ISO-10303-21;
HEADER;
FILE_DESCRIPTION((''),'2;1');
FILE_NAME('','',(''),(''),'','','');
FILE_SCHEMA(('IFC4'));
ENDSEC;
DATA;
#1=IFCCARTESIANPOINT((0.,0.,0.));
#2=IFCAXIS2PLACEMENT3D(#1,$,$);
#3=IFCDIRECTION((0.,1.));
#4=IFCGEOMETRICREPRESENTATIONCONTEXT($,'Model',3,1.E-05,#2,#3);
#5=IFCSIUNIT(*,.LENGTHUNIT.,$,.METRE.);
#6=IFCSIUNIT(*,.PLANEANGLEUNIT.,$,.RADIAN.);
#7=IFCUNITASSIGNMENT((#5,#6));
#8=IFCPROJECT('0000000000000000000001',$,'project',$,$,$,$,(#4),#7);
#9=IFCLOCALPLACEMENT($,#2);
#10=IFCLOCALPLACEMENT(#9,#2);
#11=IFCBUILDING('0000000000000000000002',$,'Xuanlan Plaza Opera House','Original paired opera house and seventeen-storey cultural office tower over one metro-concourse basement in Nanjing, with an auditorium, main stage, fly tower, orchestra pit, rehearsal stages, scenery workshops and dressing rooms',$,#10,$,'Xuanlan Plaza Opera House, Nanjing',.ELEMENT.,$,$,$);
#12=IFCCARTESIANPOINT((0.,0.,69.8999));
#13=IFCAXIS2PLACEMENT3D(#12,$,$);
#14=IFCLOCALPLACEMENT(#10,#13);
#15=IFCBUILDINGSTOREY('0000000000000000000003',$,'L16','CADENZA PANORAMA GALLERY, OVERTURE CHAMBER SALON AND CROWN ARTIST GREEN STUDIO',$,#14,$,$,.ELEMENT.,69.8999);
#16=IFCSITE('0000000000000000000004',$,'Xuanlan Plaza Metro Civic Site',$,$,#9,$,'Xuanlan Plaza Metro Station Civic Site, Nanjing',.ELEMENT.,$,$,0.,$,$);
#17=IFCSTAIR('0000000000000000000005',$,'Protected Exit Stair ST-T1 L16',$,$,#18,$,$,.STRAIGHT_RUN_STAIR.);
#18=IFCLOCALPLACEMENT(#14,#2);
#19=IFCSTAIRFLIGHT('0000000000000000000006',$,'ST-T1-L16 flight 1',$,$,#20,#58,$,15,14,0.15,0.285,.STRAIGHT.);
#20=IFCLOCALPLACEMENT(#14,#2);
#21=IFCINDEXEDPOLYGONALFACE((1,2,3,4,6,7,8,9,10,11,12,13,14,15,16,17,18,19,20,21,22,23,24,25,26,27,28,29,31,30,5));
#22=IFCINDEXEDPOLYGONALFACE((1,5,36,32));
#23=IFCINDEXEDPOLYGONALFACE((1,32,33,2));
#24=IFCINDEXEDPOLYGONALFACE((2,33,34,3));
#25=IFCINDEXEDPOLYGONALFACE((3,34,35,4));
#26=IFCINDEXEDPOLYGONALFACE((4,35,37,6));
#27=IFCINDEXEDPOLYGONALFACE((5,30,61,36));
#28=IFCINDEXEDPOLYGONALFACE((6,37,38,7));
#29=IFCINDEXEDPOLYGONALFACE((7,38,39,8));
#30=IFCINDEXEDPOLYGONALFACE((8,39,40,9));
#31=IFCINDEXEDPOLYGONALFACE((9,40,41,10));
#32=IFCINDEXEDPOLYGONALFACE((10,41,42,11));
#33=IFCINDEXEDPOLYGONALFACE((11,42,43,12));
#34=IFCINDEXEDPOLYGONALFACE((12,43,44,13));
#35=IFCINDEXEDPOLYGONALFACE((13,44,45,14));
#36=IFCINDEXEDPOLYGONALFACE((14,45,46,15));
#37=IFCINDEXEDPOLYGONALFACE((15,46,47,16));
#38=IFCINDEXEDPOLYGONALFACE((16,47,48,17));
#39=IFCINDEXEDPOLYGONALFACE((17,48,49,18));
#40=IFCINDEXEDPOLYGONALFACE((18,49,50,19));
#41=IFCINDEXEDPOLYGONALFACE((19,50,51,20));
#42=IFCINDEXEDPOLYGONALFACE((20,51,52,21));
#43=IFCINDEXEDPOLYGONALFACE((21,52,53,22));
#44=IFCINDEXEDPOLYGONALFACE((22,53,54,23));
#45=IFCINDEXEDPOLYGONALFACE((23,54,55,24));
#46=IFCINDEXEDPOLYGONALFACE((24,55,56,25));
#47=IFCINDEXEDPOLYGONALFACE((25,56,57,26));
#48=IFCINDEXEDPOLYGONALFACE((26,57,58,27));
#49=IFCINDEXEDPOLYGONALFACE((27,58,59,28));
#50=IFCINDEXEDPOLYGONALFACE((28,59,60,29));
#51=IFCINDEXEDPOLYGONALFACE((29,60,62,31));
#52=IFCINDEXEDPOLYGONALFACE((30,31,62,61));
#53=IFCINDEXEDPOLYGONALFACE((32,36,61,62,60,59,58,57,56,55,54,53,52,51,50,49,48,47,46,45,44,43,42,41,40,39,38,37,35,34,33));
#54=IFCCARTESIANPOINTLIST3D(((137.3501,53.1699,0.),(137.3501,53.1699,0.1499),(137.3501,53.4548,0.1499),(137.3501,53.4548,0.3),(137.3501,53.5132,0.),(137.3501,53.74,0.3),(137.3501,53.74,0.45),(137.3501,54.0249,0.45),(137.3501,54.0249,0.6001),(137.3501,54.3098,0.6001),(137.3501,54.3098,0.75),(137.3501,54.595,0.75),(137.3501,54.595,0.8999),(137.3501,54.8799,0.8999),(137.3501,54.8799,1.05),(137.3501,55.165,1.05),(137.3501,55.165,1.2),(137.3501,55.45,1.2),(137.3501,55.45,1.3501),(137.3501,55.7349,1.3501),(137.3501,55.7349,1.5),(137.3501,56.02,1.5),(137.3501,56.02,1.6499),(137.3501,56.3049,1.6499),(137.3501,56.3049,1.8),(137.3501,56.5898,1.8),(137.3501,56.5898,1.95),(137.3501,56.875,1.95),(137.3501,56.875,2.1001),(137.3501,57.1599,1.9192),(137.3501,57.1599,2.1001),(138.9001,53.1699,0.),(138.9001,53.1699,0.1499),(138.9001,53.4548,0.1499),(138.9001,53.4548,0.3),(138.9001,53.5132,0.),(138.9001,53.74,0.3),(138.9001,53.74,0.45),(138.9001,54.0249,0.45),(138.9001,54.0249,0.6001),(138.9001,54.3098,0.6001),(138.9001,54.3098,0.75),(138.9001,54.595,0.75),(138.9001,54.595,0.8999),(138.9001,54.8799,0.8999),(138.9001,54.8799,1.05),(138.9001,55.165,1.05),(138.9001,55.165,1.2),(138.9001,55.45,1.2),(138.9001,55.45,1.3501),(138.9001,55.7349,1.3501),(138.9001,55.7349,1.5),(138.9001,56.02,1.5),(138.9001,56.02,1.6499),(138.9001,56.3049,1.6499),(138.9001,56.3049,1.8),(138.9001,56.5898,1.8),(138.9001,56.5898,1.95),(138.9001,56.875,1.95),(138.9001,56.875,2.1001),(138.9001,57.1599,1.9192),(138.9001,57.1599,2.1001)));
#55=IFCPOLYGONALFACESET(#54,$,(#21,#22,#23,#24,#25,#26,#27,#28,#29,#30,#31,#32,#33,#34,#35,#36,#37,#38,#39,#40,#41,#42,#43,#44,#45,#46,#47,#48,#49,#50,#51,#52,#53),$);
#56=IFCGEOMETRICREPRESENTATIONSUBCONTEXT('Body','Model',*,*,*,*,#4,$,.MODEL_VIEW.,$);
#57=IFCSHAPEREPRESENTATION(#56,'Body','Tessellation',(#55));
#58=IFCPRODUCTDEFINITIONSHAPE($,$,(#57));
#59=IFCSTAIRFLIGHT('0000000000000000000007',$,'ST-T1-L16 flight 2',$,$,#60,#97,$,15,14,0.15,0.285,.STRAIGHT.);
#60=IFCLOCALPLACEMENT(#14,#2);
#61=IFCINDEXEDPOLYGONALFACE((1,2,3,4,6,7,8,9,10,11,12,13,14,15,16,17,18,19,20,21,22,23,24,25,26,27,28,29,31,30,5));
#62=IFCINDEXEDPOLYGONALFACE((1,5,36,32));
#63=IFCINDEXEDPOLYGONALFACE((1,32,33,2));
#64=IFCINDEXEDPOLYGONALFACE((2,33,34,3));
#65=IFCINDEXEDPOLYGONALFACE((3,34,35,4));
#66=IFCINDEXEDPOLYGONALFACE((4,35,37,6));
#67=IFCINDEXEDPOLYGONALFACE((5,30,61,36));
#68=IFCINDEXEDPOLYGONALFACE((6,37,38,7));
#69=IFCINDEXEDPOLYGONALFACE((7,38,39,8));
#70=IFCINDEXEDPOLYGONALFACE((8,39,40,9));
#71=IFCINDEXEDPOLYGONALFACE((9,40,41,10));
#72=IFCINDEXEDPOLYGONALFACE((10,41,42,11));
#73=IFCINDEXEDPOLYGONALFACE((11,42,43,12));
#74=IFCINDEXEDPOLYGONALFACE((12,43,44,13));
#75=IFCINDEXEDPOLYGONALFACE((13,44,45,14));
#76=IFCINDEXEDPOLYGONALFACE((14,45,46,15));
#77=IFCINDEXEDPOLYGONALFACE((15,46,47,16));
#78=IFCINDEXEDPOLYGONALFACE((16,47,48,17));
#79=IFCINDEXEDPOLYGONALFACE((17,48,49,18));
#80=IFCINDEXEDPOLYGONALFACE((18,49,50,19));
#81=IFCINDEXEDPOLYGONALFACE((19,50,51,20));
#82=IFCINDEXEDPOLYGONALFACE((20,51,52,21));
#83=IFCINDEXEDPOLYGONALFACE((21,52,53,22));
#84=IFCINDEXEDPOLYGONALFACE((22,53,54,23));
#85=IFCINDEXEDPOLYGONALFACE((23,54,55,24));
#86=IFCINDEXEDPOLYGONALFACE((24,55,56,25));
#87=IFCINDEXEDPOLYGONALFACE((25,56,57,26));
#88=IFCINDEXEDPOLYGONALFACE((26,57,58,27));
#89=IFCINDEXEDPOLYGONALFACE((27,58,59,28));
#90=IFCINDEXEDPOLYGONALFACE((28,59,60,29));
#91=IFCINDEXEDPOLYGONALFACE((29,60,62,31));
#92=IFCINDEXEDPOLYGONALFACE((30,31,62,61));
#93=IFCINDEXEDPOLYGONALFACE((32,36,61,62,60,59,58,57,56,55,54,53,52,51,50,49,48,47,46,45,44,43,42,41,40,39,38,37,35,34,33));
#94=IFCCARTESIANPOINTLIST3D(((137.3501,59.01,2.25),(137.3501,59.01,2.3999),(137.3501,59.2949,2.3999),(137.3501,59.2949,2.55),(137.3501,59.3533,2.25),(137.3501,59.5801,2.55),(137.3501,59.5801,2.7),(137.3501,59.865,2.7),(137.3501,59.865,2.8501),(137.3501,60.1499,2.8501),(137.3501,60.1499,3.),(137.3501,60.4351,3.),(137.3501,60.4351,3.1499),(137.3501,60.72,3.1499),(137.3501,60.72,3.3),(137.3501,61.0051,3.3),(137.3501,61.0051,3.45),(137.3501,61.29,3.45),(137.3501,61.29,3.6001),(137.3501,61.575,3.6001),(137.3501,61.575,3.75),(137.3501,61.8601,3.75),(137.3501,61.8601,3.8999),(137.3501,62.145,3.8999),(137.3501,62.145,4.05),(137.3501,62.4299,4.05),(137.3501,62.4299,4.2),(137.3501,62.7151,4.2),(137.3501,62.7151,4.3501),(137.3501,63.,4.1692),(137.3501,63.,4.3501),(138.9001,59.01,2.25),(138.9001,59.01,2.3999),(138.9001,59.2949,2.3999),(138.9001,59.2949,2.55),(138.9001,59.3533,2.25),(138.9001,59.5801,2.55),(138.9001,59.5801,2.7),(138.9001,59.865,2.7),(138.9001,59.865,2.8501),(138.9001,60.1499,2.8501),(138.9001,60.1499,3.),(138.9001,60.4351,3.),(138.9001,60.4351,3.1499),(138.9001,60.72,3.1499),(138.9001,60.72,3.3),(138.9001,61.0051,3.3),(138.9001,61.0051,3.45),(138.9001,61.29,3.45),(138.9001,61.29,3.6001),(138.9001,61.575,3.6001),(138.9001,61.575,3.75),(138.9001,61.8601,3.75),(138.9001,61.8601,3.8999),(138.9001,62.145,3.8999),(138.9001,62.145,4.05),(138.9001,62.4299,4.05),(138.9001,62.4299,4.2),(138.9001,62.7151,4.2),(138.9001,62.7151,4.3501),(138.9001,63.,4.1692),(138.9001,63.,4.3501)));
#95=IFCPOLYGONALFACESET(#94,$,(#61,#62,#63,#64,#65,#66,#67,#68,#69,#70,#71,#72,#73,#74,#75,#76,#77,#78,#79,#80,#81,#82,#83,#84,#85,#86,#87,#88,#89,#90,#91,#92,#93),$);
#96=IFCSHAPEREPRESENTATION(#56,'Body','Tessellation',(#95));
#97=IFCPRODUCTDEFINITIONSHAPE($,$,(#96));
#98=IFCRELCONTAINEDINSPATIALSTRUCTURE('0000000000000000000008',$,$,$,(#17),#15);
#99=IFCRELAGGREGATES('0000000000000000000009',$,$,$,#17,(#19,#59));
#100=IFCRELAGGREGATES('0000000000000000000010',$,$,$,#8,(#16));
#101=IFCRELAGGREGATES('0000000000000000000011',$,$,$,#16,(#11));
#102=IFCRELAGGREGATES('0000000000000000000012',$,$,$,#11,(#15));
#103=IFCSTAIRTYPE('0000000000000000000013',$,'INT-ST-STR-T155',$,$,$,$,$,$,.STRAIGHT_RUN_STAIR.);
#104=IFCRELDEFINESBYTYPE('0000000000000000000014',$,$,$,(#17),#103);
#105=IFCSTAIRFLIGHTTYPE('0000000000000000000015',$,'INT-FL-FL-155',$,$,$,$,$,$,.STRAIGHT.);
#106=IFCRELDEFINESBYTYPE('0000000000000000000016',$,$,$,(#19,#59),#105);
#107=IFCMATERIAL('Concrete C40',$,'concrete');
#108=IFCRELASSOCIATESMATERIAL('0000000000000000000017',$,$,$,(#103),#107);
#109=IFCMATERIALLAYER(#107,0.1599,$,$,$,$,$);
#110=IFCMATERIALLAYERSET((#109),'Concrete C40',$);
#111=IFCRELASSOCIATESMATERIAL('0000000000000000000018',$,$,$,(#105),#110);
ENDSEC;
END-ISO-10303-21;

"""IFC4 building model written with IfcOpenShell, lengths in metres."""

from ifc_helpers import new_model, si_unit, direction, frame, origin, place, context, subcontext, project, spatial, polyline, outline, extrude, material, layer, layer_set, type_object, element, aggregate, save


model = new_model("IFC4")

# Units and contexts
model_context = context("Model", 3, precision=1e-05, world=origin(), true_north=direction((0.0, 1.0)))
body_context = subcontext(model_context, "Body", "Model", "MODEL_VIEW")
ifc_project = project(units=[si_unit("LENGTHUNIT", "METRE"), si_unit("PLANEANGLEUNIT", "RADIAN")], contexts=[model_context])

# Site, building, storey
site_placement = place(None, origin())
site = spatial("IfcSite", under=ifc_project, at=site_placement, Name="Xuanlan Plaza Metro Civic Site", LongName="Xuanlan Plaza Metro Station Civic Site, Nanjing", CompositionType="ELEMENT", RefElevation=0.0)
building_placement = place(site_placement, origin())
building = spatial("IfcBuilding", under=site, at=building_placement, Name="Xuanlan Plaza Opera House", Description="Original paired opera house and seventeen-storey cultural office tower over one metro-concourse basement in Nanjing, with an auditorium, main stage, fly tower, orchestra pit, rehearsal stages, scenery workshops and dressing rooms", LongName="Xuanlan Plaza Opera House, Nanjing", CompositionType="ELEMENT")
storey_placement = place(building_placement, frame((0.0, 0.0, 69.8999)))
storey = spatial("IfcBuildingStorey", under=building, at=storey_placement, Name="L16", Description="CADENZA PANORAMA GALLERY, OVERTURE CHAMBER SALON AND CROWN ARTIST GREEN STUDIO", CompositionType="ELEMENT", Elevation=69.8999)

# Shared definitions
ifc_material_1 = material(Name="Concrete C40", Category="concrete")

# Stair, stair flights
stair_type = type_object("IfcStairType", Name="INT-ST-STR-T155", PredefinedType="STRAIGHT_RUN_STAIR", material=ifc_material_1)
stair_placement = place(storey_placement, origin())
stair = element("IfcStair", 1, at=stair_placement, inside=storey, type_object=stair_type, Name="Protected Exit Stair ST-T1 L16", PredefinedType="STRAIGHT_RUN_STAIR")
ifc_layer_1 = layer(ifc_material_1, 0.1599)
ifc_layer_set_1 = layer_set([ifc_layer_1], Name="Concrete C40")
stair_flight_type = type_object("IfcStairFlightType", Name="INT-FL-FL-155", PredefinedType="STRAIGHT", material=ifc_layer_set_1)
stair_flight_1_placement = place(storey_placement, frame((138.125, 53.1699, 0.0), z_axis=(0.0, 0.0, 1.0), x_axis=(0.0, 1.0, 0.0)))
stair_flight_1 = element("IfcStairFlight", 2, at=stair_flight_1_placement, type_object=stair_flight_type, Name="ST-T1-L16 flight 1", NumberOfRisers=15, NumberOfTreads=14, PredefinedType="STRAIGHT", RiserHeight=0.15, TreadLength=0.285, context=body_context, shape_type="SweptSolid", body=[
    extrude(outline(polyline([(0.0, 0.0), (0.0, 0.1499), (0.2849, 0.1499), (0.2849, 0.3), (0.5701, 0.3), (0.5701, 0.45), (0.855, 0.45), (0.855, 0.6001), (1.1399, 0.6001), (1.1399, 0.75), (1.425, 0.75), (1.425, 0.8999), (1.71, 0.8999), (1.71, 1.05), (1.9951, 1.05), (1.9951, 1.2), (2.28, 1.2), (2.28, 1.3501), (2.5649, 1.3501), (2.5649, 1.5), (2.8501, 1.5), (2.8501, 1.6499), (3.135, 1.6499), (3.135, 1.8), (3.4199, 1.8), (3.4199, 1.95), (3.7051, 1.95), (3.7051, 2.1001), (3.99, 2.1001), (3.99, 2.25), (3.99, 1.9192), (0.3433, 0.0), (0.0, 0.0)])), frame((0.0, 0.7749, 0.0), z_axis=(0.0, -1.0, 0.0), x_axis=(1.0, 0.0, 0.0)), (0.0, 0.0, 1.0), 1.55),
])
stair_flight_2_placement = place(storey_placement, frame((138.125, 59.01, 2.25), z_axis=(0.0, 0.0, 1.0), x_axis=(0.0, 1.0, 0.0)))
stair_flight_2 = element("IfcStairFlight", 3, at=stair_flight_2_placement, type_object=stair_flight_type, Name="ST-T1-L16 flight 2", NumberOfRisers=15, NumberOfTreads=14, PredefinedType="STRAIGHT", RiserHeight=0.15, TreadLength=0.285, context=body_context, shape_type="SweptSolid", body=[
    extrude(outline(polyline([(0.0, 0.0), (0.0, 0.1499), (0.2849, 0.1499), (0.2849, 0.3), (0.5701, 0.3), (0.5701, 0.45), (0.855, 0.45), (0.855, 0.6001), (1.1399, 0.6001), (1.1399, 0.75), (1.425, 0.75), (1.425, 0.8999), (1.71, 0.8999), (1.71, 1.05), (1.9951, 1.05), (1.9951, 1.2), (2.28, 1.2), (2.28, 1.3501), (2.5649, 1.3501), (2.5649, 1.5), (2.8501, 1.5), (2.8501, 1.6499), (3.135, 1.6499), (3.135, 1.8), (3.4199, 1.8), (3.4199, 1.95), (3.7051, 1.95), (3.7051, 2.1001), (3.99, 2.1001), (3.99, 2.25), (3.99, 1.9192), (0.3433, 0.0), (0.0, 0.0)])), frame((0.0, 0.7749, 0.0), z_axis=(0.0, -1.0, 0.0), x_axis=(1.0, 0.0, 0.0)), (0.0, 0.0, 1.0), 1.55),
])
aggregate(stair, [stair_flight_1, stair_flight_2])

save(model, "model.ifc")
